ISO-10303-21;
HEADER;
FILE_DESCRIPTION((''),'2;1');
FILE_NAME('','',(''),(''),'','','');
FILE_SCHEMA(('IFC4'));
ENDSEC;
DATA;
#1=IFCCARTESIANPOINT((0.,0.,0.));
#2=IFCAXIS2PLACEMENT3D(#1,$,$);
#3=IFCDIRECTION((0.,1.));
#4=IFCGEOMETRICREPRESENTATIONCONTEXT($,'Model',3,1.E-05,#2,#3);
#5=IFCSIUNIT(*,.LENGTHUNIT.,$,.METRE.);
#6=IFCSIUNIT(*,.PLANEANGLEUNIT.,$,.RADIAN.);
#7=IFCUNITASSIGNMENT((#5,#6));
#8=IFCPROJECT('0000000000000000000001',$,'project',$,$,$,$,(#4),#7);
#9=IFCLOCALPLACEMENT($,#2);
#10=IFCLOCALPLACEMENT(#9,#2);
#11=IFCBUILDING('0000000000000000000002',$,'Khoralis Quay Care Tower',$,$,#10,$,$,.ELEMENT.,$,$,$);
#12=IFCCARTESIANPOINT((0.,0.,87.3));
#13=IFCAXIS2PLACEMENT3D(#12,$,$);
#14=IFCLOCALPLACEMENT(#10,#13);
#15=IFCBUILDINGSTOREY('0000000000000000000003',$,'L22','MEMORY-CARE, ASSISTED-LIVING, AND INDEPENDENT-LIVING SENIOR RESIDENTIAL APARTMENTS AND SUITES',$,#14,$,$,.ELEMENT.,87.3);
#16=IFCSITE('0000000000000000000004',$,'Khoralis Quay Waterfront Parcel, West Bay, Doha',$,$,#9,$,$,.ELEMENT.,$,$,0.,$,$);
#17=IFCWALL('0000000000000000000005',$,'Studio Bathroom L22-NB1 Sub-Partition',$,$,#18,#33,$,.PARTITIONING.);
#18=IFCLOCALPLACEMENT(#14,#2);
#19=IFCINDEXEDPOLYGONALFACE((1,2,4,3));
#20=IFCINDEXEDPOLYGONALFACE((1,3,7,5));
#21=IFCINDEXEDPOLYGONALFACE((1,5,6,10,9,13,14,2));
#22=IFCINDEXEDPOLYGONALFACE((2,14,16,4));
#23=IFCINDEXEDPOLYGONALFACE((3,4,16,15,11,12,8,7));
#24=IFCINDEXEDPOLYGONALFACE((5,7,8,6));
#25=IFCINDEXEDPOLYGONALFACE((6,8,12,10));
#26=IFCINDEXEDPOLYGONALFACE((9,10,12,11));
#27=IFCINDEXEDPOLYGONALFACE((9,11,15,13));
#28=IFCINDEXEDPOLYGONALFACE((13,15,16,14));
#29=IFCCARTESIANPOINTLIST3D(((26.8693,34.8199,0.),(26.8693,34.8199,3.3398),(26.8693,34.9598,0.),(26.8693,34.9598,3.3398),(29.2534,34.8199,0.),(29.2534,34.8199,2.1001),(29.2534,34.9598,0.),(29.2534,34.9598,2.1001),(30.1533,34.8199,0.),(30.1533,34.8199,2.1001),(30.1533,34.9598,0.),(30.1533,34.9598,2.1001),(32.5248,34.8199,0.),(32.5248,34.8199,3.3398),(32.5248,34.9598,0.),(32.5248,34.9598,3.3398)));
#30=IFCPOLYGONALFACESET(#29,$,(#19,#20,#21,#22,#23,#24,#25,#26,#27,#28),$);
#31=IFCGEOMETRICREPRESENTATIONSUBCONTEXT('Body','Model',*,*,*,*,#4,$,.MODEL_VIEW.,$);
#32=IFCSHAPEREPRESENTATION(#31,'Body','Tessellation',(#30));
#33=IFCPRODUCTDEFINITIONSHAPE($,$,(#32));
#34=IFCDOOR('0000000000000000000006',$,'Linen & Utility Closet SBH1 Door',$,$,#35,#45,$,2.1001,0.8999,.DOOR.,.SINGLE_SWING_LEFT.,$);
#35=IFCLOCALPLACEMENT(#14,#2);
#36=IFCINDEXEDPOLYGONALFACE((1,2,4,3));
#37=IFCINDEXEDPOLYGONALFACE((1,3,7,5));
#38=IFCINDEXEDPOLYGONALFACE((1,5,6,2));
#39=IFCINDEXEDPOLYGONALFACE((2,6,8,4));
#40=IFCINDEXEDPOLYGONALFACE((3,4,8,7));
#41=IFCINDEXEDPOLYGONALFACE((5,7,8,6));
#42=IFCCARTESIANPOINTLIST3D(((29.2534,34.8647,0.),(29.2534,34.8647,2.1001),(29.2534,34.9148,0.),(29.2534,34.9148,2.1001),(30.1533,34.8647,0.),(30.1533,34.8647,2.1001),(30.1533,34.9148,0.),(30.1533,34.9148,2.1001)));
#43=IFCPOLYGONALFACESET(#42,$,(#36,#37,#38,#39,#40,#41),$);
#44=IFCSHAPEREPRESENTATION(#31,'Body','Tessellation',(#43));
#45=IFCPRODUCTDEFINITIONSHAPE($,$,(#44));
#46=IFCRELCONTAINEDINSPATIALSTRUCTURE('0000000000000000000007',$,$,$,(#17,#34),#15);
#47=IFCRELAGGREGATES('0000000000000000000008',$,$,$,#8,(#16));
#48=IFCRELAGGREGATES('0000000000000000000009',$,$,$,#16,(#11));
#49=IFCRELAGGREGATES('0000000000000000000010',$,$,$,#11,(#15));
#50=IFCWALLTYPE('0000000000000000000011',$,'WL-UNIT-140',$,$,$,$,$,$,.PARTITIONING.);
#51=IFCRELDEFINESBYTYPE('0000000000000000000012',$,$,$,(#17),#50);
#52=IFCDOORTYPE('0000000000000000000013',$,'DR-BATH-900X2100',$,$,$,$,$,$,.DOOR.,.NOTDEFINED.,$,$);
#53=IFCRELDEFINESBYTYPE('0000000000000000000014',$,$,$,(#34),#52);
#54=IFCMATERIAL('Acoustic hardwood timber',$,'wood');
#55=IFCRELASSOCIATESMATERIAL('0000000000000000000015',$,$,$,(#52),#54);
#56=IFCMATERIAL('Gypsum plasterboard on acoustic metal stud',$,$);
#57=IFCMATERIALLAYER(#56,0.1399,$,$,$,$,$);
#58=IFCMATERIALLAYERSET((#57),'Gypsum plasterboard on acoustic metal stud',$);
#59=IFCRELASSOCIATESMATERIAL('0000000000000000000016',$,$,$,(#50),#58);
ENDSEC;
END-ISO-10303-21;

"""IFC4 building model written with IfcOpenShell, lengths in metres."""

from ifc_helpers import new_model, si_unit, direction, frame, frame_2d, origin, place, context, subcontext, project, spatial, rectangle, extrude, source, transform, mapped, material, layer, layer_set, type_object, element, fill, save


model = new_model("IFC4")

# Units and contexts
model_context = context("Model", 3, precision=1e-05, world=origin(), true_north=direction((0.0, 1.0)))
body_context = subcontext(model_context, "Body", "Model", "MODEL_VIEW")
ifc_project = project(units=[si_unit("LENGTHUNIT", "METRE"), si_unit("PLANEANGLEUNIT", "RADIAN")], contexts=[model_context])

# Site, building, storey
site_placement = place(None, origin())
site = spatial("IfcSite", under=ifc_project, at=site_placement, Name="Khoralis Quay Waterfront Parcel, West Bay, Doha", CompositionType="ELEMENT", RefElevation=0.0)
building_placement = place(site_placement, origin())
building = spatial("IfcBuilding", under=site, at=building_placement, Name="Khoralis Quay Care Tower", CompositionType="ELEMENT")
storey_placement = place(building_placement, frame((0.0, 0.0, 87.3)))
storey = spatial("IfcBuildingStorey", under=building, at=storey_placement, Name="L22", Description="MEMORY-CARE, ASSISTED-LIVING, AND INDEPENDENT-LIVING SENIOR RESIDENTIAL APARTMENTS AND SUITES", CompositionType="ELEMENT", Elevation=87.3)

# Shared definitions
ifc_material_1 = material(Name="Gypsum plasterboard on acoustic metal stud")
ifc_material_2 = material(Name="Acoustic hardwood timber", Category="wood")
door_type = type_object("IfcDoorType", Name="DR-BATH-900X2100", OperationType="NOTDEFINED", PredefinedType="DOOR", material=ifc_material_2)
shared_shape_1 = source(origin(), body_context, "Body", "SweptSolid", [
    extrude(rectangle(XDim=0.8999, YDim=2.1001, at=frame_2d((0.45, 1.05))), frame((0.0, 0.0249, 0.0), z_axis=(0.0, -1.0, 0.0), x_axis=(1.0, 0.0, 0.0)), (0.0, 0.0, 1.0), 0.05),
])

# Shared definitions
ifc_layer_1 = layer(ifc_material_1, 0.1399)
ifc_layer_set_1 = layer_set([ifc_layer_1], Name="Gypsum plasterboard on acoustic metal stud")
wall_type_1 = type_object("IfcWallType", Name="WL-UNIT-140", PredefinedType="PARTITIONING", material=ifc_layer_set_1)

# Wall, opening, door
wall_1_placement = place(storey_placement, frame((26.8694, 34.8899, 0.0), z_axis=(0.0, 0.0, 1.0), x_axis=(1.0, 0.0, 0.0)))
wall_1 = element("IfcWall", 1, at=wall_1_placement, inside=storey, type_object=wall_type_1, Name="Studio Bathroom L22-NB1 Sub-Partition", PredefinedType="PARTITIONING", context=body_context, shape_type="SweptSolid", body=[
    extrude(rectangle(XDim=5.6555, YDim=0.1399, at=frame_2d((2.8276, 0.0))), origin(), (0.0, 0.0, 1.0), 3.3398),
])
opening_1_placement = place(wall_1_placement, frame((2.384, 0.0, 0.0)))
opening_1 = element("IfcOpeningElement", 2, at=opening_1_placement, cuts=wall_1, PredefinedType="OPENING", context=body_context, shape_type="SweptSolid", body=[
    extrude(rectangle(XDim=0.8999, YDim=2.1001, at=frame_2d((0.45, 1.05))), frame((0.0, 0.0801, 0.0), z_axis=(0.0, -1.0, 0.0), x_axis=(1.0, 0.0, 0.0)), (0.0, 0.0, 1.0), 0.1599),
])
door_1_placement = place(opening_1_placement, origin())
door_1 = element("IfcDoor", 3, at=door_1_placement, inside=storey, type_object=door_type, Name="Linen & Utility Closet SBH1 Door", OperationType="SINGLE_SWING_LEFT", OverallHeight=2.1001, OverallWidth=0.8999, PredefinedType="DOOR", context=body_context, shape_type="MappedRepresentation", body=[
    mapped(shared_shape_1, transform((0.0, 0.0, 0.0), scale=1.0)),
])
fill(opening_1, door_1)

save(model, "model.ifc")
